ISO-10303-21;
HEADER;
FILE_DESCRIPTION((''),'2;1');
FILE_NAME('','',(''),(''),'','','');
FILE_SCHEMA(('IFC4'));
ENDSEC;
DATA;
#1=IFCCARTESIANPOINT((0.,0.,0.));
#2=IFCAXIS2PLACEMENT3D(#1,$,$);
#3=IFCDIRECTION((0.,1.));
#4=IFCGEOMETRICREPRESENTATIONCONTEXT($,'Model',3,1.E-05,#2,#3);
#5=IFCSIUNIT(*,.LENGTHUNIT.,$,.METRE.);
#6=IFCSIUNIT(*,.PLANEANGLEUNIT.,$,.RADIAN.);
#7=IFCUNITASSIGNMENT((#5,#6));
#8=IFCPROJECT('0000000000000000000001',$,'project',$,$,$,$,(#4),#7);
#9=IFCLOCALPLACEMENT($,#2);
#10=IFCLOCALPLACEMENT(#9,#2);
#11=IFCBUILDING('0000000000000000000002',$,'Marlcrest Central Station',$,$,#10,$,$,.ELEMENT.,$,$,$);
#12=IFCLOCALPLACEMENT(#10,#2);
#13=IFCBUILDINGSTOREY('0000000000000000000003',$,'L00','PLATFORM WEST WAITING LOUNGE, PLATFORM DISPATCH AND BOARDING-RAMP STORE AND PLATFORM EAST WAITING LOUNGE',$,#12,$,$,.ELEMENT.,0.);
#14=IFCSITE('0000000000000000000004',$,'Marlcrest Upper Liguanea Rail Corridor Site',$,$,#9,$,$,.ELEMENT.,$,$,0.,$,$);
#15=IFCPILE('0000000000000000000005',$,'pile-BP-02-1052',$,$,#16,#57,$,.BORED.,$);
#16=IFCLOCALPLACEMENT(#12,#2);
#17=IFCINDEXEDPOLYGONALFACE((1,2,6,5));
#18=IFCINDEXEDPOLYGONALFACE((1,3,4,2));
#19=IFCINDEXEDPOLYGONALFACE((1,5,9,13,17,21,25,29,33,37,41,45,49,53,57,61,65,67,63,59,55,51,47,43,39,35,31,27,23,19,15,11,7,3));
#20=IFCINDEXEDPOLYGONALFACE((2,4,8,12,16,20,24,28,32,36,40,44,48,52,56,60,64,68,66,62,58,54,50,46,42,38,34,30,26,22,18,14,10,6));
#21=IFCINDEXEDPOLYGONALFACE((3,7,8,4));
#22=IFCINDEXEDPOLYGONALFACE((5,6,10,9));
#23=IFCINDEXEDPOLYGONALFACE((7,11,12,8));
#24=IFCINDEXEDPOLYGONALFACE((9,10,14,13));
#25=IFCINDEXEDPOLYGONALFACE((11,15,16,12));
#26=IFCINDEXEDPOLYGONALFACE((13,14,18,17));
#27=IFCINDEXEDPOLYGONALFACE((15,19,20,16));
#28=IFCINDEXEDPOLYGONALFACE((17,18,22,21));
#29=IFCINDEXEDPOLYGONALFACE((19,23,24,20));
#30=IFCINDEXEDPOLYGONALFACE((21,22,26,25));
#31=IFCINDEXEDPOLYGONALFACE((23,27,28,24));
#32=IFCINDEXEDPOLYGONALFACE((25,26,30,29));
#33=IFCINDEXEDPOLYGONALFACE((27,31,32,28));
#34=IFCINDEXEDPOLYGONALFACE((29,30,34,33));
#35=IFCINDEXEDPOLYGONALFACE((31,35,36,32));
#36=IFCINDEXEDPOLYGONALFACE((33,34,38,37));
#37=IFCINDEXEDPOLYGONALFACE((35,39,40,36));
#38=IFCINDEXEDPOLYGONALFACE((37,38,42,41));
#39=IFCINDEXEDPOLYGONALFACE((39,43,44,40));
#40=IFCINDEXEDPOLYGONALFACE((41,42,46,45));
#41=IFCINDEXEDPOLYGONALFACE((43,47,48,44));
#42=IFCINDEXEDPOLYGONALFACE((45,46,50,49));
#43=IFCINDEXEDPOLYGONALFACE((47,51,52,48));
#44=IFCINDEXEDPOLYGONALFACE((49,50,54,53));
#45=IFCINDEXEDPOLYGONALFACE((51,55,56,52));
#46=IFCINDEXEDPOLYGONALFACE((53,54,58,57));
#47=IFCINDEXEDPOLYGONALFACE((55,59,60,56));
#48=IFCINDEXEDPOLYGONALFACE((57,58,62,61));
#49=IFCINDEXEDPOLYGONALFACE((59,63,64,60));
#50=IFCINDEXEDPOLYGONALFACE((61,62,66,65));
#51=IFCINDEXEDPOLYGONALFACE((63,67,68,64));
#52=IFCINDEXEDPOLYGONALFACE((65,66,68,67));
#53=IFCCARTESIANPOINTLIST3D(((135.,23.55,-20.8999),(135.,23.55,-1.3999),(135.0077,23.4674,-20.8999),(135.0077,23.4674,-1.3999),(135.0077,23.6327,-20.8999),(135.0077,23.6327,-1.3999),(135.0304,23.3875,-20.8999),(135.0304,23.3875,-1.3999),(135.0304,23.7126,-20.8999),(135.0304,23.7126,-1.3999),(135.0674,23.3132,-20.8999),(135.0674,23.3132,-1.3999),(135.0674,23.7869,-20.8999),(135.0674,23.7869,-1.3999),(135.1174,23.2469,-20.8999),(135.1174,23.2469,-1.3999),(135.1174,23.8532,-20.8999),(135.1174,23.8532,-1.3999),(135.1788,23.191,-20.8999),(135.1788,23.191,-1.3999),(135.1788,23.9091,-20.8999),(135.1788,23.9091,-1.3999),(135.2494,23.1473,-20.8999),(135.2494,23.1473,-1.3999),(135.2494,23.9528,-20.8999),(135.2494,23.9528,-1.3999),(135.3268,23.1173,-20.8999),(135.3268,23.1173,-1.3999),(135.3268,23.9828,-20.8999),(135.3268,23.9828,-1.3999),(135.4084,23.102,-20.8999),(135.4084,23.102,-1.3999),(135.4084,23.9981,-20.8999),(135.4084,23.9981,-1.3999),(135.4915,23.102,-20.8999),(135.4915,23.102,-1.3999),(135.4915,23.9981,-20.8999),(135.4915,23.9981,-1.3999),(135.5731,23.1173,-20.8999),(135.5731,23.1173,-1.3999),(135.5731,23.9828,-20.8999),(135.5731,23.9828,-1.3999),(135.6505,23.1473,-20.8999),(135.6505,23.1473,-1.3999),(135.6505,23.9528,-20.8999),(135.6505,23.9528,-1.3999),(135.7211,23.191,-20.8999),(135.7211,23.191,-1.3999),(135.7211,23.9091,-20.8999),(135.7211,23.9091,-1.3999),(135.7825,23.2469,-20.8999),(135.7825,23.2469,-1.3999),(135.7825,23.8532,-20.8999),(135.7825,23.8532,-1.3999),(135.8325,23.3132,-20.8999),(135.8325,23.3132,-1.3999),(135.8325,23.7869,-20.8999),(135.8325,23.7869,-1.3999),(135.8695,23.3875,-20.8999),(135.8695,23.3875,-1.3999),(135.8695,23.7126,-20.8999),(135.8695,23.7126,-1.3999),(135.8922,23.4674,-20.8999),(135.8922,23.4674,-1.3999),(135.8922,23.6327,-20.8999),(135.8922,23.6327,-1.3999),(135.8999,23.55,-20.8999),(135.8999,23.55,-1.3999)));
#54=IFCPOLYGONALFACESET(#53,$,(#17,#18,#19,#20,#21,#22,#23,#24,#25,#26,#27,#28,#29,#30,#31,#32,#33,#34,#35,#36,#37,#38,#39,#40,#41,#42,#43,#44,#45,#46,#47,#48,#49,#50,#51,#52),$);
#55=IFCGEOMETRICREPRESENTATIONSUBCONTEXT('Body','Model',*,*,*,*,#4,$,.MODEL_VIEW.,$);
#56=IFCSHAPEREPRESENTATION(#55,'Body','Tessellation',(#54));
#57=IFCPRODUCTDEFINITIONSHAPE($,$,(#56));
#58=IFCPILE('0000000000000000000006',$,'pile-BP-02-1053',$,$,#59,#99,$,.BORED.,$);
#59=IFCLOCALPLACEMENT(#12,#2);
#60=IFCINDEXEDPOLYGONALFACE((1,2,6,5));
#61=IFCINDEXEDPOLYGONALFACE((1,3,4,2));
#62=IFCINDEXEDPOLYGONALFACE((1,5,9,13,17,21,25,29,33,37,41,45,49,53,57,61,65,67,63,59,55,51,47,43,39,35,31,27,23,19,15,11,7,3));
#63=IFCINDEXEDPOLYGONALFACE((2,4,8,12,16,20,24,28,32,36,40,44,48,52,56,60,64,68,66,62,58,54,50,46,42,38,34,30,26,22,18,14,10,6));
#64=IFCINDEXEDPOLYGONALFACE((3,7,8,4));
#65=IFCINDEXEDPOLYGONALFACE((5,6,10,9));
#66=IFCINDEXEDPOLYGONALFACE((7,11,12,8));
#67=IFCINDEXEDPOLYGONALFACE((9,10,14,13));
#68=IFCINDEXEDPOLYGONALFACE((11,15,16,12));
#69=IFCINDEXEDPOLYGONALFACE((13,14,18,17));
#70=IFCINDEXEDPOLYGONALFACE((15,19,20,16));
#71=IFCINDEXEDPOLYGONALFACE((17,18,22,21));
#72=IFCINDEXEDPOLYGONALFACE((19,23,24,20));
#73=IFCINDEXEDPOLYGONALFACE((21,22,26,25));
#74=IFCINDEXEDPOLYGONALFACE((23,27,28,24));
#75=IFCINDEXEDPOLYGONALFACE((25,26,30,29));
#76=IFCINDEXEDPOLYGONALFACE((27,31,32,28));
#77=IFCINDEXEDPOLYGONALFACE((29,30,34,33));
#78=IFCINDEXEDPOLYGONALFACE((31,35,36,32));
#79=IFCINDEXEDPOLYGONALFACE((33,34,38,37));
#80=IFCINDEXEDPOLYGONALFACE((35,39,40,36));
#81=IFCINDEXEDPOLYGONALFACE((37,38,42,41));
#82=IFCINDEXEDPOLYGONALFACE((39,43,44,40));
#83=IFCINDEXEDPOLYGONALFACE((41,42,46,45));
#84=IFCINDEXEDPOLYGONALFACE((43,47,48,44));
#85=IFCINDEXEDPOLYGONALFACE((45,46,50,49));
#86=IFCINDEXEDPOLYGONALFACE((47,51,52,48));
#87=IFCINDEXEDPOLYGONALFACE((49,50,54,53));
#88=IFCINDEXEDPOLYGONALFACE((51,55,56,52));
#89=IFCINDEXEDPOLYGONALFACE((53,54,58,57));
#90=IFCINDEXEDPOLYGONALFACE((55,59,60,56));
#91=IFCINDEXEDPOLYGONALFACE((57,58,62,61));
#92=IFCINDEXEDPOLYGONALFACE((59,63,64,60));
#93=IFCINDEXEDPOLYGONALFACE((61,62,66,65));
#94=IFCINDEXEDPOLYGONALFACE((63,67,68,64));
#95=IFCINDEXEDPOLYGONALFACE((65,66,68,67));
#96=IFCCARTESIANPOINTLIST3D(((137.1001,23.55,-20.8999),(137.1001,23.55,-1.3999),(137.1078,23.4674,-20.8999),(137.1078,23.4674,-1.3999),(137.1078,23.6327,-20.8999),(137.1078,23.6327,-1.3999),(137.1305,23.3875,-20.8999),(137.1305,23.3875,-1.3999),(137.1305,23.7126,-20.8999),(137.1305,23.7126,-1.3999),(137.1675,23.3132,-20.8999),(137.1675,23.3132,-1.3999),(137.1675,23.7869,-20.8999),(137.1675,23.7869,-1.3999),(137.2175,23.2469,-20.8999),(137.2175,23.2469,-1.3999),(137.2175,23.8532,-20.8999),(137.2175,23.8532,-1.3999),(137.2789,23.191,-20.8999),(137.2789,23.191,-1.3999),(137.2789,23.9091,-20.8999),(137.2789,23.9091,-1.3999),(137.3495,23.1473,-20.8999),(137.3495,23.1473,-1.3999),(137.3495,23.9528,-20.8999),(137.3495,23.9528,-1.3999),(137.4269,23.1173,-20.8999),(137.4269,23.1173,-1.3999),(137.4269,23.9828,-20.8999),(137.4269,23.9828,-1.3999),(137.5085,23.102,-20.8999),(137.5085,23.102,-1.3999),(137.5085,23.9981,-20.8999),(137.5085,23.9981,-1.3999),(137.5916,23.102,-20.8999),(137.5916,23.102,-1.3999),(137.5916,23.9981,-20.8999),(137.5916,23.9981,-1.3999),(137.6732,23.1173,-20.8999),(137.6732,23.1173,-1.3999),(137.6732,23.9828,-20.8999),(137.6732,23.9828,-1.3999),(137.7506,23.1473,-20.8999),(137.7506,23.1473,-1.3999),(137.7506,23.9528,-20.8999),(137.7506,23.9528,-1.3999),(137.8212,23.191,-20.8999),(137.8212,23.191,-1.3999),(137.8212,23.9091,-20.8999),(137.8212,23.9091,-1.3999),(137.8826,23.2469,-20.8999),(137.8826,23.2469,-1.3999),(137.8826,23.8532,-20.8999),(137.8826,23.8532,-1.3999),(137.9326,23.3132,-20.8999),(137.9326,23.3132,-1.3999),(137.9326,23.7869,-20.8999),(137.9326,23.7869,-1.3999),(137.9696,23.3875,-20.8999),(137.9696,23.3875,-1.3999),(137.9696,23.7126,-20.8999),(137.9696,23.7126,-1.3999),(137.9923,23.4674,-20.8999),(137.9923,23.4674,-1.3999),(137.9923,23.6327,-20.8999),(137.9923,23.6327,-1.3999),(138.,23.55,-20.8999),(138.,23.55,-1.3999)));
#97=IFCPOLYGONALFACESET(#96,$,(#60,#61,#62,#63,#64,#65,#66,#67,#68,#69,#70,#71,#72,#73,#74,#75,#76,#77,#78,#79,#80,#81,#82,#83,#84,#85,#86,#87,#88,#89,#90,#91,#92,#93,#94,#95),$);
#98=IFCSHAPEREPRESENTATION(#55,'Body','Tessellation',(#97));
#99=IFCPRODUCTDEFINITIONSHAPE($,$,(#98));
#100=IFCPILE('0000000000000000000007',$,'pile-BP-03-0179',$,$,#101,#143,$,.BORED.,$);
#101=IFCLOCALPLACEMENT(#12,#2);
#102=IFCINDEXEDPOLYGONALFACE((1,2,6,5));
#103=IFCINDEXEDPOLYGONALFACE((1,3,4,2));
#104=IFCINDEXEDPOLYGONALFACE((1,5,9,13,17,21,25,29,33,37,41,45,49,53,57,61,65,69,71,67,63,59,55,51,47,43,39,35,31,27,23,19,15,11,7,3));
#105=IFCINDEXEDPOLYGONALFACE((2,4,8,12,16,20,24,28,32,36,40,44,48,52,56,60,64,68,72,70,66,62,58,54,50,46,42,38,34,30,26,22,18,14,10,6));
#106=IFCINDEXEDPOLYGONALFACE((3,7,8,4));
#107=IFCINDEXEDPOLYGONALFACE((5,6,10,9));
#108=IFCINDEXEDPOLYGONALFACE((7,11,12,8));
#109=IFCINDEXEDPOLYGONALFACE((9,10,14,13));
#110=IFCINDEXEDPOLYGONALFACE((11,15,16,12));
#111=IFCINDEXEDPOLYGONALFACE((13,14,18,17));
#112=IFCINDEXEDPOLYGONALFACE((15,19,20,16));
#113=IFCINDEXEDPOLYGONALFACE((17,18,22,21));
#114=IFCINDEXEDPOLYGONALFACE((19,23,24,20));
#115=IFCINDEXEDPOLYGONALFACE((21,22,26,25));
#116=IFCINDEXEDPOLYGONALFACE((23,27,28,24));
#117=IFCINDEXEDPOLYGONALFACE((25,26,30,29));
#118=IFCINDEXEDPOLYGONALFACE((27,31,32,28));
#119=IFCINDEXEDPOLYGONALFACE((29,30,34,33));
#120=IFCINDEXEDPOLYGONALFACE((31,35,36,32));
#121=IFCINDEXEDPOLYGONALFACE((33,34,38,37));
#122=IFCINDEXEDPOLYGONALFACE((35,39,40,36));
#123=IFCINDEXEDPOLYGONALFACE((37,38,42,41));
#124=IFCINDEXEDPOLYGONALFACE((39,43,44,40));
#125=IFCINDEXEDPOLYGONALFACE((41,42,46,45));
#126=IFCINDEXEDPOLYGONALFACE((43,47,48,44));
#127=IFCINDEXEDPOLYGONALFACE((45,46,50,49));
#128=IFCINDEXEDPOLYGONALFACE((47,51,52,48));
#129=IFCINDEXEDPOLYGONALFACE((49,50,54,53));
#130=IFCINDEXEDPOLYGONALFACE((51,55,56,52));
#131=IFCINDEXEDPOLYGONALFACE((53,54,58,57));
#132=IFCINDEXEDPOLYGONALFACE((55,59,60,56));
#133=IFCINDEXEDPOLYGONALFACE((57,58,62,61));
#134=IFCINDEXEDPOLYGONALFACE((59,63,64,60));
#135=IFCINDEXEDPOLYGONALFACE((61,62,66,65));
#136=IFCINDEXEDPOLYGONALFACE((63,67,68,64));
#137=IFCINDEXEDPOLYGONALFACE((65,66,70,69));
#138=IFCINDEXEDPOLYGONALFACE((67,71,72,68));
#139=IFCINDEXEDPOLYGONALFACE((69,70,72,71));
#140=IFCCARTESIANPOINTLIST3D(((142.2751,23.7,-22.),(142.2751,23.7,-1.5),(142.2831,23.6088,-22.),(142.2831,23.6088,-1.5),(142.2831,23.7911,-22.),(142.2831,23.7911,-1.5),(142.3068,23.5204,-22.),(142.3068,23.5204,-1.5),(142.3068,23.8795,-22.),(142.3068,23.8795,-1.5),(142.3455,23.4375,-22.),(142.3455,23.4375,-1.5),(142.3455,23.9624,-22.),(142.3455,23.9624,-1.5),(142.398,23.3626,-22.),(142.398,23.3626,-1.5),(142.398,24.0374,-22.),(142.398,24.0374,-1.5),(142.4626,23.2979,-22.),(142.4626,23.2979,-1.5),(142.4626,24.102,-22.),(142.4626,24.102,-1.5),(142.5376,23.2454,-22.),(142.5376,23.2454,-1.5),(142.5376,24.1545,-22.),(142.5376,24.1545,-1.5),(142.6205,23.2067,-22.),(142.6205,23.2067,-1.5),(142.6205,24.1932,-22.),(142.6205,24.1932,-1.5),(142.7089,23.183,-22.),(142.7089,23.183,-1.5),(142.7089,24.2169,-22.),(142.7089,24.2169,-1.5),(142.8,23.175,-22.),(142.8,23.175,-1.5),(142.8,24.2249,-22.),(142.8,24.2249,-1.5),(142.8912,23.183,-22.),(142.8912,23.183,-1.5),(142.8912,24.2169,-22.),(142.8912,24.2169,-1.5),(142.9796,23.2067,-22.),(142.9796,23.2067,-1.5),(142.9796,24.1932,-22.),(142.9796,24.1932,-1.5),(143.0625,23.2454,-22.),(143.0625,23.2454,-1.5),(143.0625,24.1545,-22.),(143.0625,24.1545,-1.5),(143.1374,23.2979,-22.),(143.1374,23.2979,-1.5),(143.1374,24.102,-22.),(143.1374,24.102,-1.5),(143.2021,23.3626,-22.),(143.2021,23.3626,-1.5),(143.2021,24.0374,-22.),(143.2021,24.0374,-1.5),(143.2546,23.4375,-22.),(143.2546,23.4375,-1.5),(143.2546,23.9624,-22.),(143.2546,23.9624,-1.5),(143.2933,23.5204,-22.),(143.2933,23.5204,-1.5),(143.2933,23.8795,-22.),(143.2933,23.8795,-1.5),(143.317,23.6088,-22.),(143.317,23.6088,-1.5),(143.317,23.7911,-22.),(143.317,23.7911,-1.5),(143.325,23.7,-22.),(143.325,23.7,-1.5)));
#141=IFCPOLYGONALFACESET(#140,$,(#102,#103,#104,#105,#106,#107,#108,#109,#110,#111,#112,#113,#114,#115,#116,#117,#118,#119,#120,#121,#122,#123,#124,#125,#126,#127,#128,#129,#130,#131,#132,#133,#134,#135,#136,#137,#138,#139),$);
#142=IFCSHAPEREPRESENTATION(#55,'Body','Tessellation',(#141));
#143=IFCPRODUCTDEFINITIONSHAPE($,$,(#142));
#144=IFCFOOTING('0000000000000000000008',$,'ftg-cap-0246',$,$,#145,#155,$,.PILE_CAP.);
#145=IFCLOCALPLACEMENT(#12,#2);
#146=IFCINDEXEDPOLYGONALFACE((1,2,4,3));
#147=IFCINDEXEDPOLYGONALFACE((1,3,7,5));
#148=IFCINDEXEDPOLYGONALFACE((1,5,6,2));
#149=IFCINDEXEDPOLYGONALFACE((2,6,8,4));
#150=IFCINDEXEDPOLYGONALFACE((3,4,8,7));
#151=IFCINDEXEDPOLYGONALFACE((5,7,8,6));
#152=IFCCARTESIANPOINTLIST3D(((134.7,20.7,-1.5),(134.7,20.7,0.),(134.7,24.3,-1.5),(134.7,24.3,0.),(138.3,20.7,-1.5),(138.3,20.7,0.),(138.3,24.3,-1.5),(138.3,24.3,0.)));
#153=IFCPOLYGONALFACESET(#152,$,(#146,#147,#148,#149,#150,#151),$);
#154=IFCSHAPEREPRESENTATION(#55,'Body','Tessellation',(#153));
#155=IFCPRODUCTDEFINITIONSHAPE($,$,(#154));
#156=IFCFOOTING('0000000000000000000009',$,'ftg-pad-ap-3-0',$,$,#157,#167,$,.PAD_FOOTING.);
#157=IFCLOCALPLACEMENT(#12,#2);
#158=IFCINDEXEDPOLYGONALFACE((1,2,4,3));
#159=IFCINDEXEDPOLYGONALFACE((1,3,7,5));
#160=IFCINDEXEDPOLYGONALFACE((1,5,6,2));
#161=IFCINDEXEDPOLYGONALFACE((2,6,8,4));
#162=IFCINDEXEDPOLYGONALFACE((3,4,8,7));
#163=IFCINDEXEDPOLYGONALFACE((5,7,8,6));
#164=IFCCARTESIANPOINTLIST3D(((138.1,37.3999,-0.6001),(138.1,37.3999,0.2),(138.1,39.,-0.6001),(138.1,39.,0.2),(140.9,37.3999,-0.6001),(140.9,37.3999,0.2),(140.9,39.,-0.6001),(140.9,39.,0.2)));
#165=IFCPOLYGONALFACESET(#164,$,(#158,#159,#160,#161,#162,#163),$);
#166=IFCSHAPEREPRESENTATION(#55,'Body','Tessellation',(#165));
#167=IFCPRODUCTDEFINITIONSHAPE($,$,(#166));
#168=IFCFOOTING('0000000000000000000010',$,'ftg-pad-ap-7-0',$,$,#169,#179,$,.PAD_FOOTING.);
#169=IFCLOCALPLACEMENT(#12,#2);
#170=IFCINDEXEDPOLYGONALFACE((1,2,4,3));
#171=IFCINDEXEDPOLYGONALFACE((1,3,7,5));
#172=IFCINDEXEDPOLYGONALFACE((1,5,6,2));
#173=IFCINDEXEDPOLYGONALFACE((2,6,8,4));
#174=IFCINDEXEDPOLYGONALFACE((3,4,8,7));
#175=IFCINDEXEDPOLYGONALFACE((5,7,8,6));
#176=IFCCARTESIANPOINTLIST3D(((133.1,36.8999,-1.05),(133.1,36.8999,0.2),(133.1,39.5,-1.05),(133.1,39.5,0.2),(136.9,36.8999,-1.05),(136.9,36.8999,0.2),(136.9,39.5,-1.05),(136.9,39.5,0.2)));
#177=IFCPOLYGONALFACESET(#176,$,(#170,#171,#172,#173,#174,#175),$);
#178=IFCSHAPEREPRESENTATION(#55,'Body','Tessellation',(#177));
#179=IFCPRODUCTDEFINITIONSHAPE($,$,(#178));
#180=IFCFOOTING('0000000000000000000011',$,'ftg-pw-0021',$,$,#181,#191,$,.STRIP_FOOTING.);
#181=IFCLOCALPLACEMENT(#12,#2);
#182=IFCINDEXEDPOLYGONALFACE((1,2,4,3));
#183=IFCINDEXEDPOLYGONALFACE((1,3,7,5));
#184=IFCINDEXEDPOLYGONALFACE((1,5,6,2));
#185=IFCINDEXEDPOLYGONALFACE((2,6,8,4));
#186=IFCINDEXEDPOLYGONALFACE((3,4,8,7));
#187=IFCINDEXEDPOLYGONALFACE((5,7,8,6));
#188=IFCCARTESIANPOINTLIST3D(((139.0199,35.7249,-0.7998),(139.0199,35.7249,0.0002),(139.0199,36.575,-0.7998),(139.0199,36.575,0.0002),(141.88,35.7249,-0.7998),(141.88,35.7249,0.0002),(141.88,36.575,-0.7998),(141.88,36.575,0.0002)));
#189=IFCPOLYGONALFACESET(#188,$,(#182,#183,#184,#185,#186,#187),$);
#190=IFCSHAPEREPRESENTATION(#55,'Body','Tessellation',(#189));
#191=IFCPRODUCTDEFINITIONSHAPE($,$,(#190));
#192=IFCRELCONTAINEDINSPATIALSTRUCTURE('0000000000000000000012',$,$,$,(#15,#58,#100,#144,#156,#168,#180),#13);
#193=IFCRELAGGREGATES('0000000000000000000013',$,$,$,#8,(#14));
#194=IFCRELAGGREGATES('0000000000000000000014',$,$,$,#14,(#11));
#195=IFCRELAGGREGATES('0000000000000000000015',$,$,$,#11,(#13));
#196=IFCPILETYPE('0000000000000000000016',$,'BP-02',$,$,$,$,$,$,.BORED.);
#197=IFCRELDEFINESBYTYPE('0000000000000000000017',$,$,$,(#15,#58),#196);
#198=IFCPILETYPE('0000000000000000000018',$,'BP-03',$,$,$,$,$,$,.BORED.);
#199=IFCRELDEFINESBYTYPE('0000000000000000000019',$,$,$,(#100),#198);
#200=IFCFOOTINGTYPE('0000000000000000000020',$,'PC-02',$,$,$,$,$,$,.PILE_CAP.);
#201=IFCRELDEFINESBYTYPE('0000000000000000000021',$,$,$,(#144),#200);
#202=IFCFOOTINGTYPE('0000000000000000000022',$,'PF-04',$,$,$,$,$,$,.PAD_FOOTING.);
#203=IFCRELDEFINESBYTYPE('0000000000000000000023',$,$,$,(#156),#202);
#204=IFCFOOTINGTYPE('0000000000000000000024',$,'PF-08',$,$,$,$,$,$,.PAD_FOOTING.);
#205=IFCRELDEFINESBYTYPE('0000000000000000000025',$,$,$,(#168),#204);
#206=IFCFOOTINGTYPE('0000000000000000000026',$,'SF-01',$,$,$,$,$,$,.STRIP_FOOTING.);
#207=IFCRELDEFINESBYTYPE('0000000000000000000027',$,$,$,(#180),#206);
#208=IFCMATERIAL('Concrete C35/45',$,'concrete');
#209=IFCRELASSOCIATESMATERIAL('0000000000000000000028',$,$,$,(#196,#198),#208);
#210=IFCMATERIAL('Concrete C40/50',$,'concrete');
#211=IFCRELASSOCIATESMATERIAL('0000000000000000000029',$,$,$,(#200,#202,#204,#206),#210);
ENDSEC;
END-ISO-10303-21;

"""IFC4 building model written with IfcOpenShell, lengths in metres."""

from ifc_helpers import new_model, si_unit, direction, frame, origin, origin_2d, place, context, subcontext, project, spatial, rectangle, circle, extrude, material, material_profile, profile_set, type_object, element, save


model = new_model("IFC4")

# Units and contexts
model_context = context("Model", 3, precision=1e-05, world=origin(), true_north=direction((0.0, 1.0)))
body_context = subcontext(model_context, "Body", "Model", "MODEL_VIEW")
ifc_project = project(units=[si_unit("LENGTHUNIT", "METRE"), si_unit("PLANEANGLEUNIT", "RADIAN")], contexts=[model_context])

# Site, building, storey
site_placement = place(None, origin())
site = spatial("IfcSite", under=ifc_project, at=site_placement, Name="Marlcrest Upper Liguanea Rail Corridor Site", CompositionType="ELEMENT", RefElevation=0.0)
building_placement = place(site_placement, origin())
building = spatial("IfcBuilding", under=site, at=building_placement, Name="Marlcrest Central Station", CompositionType="ELEMENT")
storey_placement = place(building_placement, origin())
storey = spatial("IfcBuildingStorey", under=building, at=storey_placement, Name="L00", Description="PLATFORM WEST WAITING LOUNGE, PLATFORM DISPATCH AND BOARDING-RAMP STORE AND PLATFORM EAST WAITING LOUNGE", CompositionType="ELEMENT", Elevation=0.0)

# Piles
ifc_material_1 = material(Name="Concrete C35/45", Category="concrete")
ifc_material_profile_1 = material_profile(ifc_material_1, circle(Radius=0.45, at=origin_2d()), Name="PILE D900")
ifc_profile_set_1 = profile_set([ifc_material_profile_1], Name="Concrete C35/45")
pile_type_1 = type_object("IfcPileType", Name="BP-02", PredefinedType="BORED", material=ifc_profile_set_1)
for number, where, z_axis, x_axis, name in (
    (1, (135.45, 23.55, -1.3999), (0.0, 0.0, -1.0), (1.0, 0.0, 0.0), "pile-BP-02-1052"),
    (2, (137.55, 23.55, -1.3999), (0.0, 0.0, -1.0), (1.0, 0.0, 0.0), "pile-BP-02-1053"),
):
    element("IfcPile", number, at=place(storey_placement, frame(where, z_axis=z_axis, x_axis=x_axis)), inside=storey, type_object=pile_type_1, Name=name, PredefinedType="BORED", context=body_context, shape_type="SweptSolid", body=[
        extrude(circle(Radius=0.45, at=origin_2d()), origin(), (0.0, 0.0, 1.0), 19.5),
    ])
ifc_material_profile_2 = material_profile(ifc_material_1, circle(Radius=0.5249, at=origin_2d()), Name="PILE D1050")
ifc_profile_set_2 = profile_set([ifc_material_profile_2], Name="Concrete C35/45")
pile_type_2 = type_object("IfcPileType", Name="BP-03", PredefinedType="BORED", material=ifc_profile_set_2)
pile_placement = place(storey_placement, frame((142.8, 23.7, -1.5), z_axis=(0.0, 0.0, -1.0), x_axis=(1.0, 0.0, 0.0)))
element("IfcPile", 3, at=pile_placement, inside=storey, type_object=pile_type_2, Name="pile-BP-03-0179", PredefinedType="BORED", context=body_context, shape_type="SweptSolid", body=[
    extrude(circle(Radius=0.5249, at=origin_2d()), origin(), (0.0, 0.0, 1.0), 20.5),
])

# Footings
ifc_material_2 = material(Name="Concrete C40/50", Category="concrete")
footing_type_1 = type_object("IfcFootingType", Name="PC-02", PredefinedType="PILE_CAP", material=ifc_material_2)
footing_1_placement = place(storey_placement, frame((136.5, 22.5, -1.5), z_axis=(0.0, 0.0, 1.0), x_axis=(1.0, 0.0, 0.0)))
element("IfcFooting", 4, at=footing_1_placement, inside=storey, type_object=footing_type_1, Name="ftg-cap-0246", PredefinedType="PILE_CAP", context=body_context, shape_type="SweptSolid", body=[
    extrude(rectangle(XDim=3.6001, YDim=3.6001, at=origin_2d()), origin(), (0.0, 0.0, 1.0), 1.5),
])
footing_type_2 = type_object("IfcFootingType", Name="PF-04", PredefinedType="PAD_FOOTING", material=ifc_material_2)
footing_2_placement = place(storey_placement, frame((139.5, 38.2, -0.6001), z_axis=(0.0, 0.0, 1.0), x_axis=(1.0, 0.0, 0.0)))
element("IfcFooting", 5, at=footing_2_placement, inside=storey, type_object=footing_type_2, Name="ftg-pad-ap-3-0", PredefinedType="PAD_FOOTING", context=body_context, shape_type="SweptSolid", body=[
    extrude(rectangle(XDim=2.8, YDim=1.6001, at=origin_2d()), origin(), (0.0, 0.0, 1.0), 0.8),
])
footing_type_3 = type_object("IfcFootingType", Name="PF-08", PredefinedType="PAD_FOOTING", material=ifc_material_2)
footing_3_placement = place(storey_placement, frame((135.0, 38.2, -1.05), z_axis=(0.0, 0.0, 1.0), x_axis=(1.0, 0.0, 0.0)))
element("IfcFooting", 6, at=footing_3_placement, inside=storey, type_object=footing_type_3, Name="ftg-pad-ap-7-0", PredefinedType="PAD_FOOTING", context=body_context, shape_type="SweptSolid", body=[
    extrude(rectangle(XDim=3.8, YDim=2.6001, at=origin_2d()), origin(), (0.0, 0.0, 1.0), 1.25),
])
footing_type_4 = type_object("IfcFootingType", Name="SF-01", PredefinedType="STRIP_FOOTING", material=ifc_material_2)
footing_4_placement = place(storey_placement, frame((140.45, 36.1499, -0.7998), z_axis=(0.0, 0.0, 1.0), x_axis=(1.0, 0.0, 0.0)))
element("IfcFooting", 7, at=footing_4_placement, inside=storey, type_object=footing_type_4, Name="ftg-pw-0021", PredefinedType="STRIP_FOOTING", context=body_context, shape_type="SweptSolid", body=[
    extrude(rectangle(XDim=2.8601, YDim=0.8501, at=origin_2d()), origin(), (0.0, 0.0, 1.0), 0.8),
])

save(model, "model.ifc")
